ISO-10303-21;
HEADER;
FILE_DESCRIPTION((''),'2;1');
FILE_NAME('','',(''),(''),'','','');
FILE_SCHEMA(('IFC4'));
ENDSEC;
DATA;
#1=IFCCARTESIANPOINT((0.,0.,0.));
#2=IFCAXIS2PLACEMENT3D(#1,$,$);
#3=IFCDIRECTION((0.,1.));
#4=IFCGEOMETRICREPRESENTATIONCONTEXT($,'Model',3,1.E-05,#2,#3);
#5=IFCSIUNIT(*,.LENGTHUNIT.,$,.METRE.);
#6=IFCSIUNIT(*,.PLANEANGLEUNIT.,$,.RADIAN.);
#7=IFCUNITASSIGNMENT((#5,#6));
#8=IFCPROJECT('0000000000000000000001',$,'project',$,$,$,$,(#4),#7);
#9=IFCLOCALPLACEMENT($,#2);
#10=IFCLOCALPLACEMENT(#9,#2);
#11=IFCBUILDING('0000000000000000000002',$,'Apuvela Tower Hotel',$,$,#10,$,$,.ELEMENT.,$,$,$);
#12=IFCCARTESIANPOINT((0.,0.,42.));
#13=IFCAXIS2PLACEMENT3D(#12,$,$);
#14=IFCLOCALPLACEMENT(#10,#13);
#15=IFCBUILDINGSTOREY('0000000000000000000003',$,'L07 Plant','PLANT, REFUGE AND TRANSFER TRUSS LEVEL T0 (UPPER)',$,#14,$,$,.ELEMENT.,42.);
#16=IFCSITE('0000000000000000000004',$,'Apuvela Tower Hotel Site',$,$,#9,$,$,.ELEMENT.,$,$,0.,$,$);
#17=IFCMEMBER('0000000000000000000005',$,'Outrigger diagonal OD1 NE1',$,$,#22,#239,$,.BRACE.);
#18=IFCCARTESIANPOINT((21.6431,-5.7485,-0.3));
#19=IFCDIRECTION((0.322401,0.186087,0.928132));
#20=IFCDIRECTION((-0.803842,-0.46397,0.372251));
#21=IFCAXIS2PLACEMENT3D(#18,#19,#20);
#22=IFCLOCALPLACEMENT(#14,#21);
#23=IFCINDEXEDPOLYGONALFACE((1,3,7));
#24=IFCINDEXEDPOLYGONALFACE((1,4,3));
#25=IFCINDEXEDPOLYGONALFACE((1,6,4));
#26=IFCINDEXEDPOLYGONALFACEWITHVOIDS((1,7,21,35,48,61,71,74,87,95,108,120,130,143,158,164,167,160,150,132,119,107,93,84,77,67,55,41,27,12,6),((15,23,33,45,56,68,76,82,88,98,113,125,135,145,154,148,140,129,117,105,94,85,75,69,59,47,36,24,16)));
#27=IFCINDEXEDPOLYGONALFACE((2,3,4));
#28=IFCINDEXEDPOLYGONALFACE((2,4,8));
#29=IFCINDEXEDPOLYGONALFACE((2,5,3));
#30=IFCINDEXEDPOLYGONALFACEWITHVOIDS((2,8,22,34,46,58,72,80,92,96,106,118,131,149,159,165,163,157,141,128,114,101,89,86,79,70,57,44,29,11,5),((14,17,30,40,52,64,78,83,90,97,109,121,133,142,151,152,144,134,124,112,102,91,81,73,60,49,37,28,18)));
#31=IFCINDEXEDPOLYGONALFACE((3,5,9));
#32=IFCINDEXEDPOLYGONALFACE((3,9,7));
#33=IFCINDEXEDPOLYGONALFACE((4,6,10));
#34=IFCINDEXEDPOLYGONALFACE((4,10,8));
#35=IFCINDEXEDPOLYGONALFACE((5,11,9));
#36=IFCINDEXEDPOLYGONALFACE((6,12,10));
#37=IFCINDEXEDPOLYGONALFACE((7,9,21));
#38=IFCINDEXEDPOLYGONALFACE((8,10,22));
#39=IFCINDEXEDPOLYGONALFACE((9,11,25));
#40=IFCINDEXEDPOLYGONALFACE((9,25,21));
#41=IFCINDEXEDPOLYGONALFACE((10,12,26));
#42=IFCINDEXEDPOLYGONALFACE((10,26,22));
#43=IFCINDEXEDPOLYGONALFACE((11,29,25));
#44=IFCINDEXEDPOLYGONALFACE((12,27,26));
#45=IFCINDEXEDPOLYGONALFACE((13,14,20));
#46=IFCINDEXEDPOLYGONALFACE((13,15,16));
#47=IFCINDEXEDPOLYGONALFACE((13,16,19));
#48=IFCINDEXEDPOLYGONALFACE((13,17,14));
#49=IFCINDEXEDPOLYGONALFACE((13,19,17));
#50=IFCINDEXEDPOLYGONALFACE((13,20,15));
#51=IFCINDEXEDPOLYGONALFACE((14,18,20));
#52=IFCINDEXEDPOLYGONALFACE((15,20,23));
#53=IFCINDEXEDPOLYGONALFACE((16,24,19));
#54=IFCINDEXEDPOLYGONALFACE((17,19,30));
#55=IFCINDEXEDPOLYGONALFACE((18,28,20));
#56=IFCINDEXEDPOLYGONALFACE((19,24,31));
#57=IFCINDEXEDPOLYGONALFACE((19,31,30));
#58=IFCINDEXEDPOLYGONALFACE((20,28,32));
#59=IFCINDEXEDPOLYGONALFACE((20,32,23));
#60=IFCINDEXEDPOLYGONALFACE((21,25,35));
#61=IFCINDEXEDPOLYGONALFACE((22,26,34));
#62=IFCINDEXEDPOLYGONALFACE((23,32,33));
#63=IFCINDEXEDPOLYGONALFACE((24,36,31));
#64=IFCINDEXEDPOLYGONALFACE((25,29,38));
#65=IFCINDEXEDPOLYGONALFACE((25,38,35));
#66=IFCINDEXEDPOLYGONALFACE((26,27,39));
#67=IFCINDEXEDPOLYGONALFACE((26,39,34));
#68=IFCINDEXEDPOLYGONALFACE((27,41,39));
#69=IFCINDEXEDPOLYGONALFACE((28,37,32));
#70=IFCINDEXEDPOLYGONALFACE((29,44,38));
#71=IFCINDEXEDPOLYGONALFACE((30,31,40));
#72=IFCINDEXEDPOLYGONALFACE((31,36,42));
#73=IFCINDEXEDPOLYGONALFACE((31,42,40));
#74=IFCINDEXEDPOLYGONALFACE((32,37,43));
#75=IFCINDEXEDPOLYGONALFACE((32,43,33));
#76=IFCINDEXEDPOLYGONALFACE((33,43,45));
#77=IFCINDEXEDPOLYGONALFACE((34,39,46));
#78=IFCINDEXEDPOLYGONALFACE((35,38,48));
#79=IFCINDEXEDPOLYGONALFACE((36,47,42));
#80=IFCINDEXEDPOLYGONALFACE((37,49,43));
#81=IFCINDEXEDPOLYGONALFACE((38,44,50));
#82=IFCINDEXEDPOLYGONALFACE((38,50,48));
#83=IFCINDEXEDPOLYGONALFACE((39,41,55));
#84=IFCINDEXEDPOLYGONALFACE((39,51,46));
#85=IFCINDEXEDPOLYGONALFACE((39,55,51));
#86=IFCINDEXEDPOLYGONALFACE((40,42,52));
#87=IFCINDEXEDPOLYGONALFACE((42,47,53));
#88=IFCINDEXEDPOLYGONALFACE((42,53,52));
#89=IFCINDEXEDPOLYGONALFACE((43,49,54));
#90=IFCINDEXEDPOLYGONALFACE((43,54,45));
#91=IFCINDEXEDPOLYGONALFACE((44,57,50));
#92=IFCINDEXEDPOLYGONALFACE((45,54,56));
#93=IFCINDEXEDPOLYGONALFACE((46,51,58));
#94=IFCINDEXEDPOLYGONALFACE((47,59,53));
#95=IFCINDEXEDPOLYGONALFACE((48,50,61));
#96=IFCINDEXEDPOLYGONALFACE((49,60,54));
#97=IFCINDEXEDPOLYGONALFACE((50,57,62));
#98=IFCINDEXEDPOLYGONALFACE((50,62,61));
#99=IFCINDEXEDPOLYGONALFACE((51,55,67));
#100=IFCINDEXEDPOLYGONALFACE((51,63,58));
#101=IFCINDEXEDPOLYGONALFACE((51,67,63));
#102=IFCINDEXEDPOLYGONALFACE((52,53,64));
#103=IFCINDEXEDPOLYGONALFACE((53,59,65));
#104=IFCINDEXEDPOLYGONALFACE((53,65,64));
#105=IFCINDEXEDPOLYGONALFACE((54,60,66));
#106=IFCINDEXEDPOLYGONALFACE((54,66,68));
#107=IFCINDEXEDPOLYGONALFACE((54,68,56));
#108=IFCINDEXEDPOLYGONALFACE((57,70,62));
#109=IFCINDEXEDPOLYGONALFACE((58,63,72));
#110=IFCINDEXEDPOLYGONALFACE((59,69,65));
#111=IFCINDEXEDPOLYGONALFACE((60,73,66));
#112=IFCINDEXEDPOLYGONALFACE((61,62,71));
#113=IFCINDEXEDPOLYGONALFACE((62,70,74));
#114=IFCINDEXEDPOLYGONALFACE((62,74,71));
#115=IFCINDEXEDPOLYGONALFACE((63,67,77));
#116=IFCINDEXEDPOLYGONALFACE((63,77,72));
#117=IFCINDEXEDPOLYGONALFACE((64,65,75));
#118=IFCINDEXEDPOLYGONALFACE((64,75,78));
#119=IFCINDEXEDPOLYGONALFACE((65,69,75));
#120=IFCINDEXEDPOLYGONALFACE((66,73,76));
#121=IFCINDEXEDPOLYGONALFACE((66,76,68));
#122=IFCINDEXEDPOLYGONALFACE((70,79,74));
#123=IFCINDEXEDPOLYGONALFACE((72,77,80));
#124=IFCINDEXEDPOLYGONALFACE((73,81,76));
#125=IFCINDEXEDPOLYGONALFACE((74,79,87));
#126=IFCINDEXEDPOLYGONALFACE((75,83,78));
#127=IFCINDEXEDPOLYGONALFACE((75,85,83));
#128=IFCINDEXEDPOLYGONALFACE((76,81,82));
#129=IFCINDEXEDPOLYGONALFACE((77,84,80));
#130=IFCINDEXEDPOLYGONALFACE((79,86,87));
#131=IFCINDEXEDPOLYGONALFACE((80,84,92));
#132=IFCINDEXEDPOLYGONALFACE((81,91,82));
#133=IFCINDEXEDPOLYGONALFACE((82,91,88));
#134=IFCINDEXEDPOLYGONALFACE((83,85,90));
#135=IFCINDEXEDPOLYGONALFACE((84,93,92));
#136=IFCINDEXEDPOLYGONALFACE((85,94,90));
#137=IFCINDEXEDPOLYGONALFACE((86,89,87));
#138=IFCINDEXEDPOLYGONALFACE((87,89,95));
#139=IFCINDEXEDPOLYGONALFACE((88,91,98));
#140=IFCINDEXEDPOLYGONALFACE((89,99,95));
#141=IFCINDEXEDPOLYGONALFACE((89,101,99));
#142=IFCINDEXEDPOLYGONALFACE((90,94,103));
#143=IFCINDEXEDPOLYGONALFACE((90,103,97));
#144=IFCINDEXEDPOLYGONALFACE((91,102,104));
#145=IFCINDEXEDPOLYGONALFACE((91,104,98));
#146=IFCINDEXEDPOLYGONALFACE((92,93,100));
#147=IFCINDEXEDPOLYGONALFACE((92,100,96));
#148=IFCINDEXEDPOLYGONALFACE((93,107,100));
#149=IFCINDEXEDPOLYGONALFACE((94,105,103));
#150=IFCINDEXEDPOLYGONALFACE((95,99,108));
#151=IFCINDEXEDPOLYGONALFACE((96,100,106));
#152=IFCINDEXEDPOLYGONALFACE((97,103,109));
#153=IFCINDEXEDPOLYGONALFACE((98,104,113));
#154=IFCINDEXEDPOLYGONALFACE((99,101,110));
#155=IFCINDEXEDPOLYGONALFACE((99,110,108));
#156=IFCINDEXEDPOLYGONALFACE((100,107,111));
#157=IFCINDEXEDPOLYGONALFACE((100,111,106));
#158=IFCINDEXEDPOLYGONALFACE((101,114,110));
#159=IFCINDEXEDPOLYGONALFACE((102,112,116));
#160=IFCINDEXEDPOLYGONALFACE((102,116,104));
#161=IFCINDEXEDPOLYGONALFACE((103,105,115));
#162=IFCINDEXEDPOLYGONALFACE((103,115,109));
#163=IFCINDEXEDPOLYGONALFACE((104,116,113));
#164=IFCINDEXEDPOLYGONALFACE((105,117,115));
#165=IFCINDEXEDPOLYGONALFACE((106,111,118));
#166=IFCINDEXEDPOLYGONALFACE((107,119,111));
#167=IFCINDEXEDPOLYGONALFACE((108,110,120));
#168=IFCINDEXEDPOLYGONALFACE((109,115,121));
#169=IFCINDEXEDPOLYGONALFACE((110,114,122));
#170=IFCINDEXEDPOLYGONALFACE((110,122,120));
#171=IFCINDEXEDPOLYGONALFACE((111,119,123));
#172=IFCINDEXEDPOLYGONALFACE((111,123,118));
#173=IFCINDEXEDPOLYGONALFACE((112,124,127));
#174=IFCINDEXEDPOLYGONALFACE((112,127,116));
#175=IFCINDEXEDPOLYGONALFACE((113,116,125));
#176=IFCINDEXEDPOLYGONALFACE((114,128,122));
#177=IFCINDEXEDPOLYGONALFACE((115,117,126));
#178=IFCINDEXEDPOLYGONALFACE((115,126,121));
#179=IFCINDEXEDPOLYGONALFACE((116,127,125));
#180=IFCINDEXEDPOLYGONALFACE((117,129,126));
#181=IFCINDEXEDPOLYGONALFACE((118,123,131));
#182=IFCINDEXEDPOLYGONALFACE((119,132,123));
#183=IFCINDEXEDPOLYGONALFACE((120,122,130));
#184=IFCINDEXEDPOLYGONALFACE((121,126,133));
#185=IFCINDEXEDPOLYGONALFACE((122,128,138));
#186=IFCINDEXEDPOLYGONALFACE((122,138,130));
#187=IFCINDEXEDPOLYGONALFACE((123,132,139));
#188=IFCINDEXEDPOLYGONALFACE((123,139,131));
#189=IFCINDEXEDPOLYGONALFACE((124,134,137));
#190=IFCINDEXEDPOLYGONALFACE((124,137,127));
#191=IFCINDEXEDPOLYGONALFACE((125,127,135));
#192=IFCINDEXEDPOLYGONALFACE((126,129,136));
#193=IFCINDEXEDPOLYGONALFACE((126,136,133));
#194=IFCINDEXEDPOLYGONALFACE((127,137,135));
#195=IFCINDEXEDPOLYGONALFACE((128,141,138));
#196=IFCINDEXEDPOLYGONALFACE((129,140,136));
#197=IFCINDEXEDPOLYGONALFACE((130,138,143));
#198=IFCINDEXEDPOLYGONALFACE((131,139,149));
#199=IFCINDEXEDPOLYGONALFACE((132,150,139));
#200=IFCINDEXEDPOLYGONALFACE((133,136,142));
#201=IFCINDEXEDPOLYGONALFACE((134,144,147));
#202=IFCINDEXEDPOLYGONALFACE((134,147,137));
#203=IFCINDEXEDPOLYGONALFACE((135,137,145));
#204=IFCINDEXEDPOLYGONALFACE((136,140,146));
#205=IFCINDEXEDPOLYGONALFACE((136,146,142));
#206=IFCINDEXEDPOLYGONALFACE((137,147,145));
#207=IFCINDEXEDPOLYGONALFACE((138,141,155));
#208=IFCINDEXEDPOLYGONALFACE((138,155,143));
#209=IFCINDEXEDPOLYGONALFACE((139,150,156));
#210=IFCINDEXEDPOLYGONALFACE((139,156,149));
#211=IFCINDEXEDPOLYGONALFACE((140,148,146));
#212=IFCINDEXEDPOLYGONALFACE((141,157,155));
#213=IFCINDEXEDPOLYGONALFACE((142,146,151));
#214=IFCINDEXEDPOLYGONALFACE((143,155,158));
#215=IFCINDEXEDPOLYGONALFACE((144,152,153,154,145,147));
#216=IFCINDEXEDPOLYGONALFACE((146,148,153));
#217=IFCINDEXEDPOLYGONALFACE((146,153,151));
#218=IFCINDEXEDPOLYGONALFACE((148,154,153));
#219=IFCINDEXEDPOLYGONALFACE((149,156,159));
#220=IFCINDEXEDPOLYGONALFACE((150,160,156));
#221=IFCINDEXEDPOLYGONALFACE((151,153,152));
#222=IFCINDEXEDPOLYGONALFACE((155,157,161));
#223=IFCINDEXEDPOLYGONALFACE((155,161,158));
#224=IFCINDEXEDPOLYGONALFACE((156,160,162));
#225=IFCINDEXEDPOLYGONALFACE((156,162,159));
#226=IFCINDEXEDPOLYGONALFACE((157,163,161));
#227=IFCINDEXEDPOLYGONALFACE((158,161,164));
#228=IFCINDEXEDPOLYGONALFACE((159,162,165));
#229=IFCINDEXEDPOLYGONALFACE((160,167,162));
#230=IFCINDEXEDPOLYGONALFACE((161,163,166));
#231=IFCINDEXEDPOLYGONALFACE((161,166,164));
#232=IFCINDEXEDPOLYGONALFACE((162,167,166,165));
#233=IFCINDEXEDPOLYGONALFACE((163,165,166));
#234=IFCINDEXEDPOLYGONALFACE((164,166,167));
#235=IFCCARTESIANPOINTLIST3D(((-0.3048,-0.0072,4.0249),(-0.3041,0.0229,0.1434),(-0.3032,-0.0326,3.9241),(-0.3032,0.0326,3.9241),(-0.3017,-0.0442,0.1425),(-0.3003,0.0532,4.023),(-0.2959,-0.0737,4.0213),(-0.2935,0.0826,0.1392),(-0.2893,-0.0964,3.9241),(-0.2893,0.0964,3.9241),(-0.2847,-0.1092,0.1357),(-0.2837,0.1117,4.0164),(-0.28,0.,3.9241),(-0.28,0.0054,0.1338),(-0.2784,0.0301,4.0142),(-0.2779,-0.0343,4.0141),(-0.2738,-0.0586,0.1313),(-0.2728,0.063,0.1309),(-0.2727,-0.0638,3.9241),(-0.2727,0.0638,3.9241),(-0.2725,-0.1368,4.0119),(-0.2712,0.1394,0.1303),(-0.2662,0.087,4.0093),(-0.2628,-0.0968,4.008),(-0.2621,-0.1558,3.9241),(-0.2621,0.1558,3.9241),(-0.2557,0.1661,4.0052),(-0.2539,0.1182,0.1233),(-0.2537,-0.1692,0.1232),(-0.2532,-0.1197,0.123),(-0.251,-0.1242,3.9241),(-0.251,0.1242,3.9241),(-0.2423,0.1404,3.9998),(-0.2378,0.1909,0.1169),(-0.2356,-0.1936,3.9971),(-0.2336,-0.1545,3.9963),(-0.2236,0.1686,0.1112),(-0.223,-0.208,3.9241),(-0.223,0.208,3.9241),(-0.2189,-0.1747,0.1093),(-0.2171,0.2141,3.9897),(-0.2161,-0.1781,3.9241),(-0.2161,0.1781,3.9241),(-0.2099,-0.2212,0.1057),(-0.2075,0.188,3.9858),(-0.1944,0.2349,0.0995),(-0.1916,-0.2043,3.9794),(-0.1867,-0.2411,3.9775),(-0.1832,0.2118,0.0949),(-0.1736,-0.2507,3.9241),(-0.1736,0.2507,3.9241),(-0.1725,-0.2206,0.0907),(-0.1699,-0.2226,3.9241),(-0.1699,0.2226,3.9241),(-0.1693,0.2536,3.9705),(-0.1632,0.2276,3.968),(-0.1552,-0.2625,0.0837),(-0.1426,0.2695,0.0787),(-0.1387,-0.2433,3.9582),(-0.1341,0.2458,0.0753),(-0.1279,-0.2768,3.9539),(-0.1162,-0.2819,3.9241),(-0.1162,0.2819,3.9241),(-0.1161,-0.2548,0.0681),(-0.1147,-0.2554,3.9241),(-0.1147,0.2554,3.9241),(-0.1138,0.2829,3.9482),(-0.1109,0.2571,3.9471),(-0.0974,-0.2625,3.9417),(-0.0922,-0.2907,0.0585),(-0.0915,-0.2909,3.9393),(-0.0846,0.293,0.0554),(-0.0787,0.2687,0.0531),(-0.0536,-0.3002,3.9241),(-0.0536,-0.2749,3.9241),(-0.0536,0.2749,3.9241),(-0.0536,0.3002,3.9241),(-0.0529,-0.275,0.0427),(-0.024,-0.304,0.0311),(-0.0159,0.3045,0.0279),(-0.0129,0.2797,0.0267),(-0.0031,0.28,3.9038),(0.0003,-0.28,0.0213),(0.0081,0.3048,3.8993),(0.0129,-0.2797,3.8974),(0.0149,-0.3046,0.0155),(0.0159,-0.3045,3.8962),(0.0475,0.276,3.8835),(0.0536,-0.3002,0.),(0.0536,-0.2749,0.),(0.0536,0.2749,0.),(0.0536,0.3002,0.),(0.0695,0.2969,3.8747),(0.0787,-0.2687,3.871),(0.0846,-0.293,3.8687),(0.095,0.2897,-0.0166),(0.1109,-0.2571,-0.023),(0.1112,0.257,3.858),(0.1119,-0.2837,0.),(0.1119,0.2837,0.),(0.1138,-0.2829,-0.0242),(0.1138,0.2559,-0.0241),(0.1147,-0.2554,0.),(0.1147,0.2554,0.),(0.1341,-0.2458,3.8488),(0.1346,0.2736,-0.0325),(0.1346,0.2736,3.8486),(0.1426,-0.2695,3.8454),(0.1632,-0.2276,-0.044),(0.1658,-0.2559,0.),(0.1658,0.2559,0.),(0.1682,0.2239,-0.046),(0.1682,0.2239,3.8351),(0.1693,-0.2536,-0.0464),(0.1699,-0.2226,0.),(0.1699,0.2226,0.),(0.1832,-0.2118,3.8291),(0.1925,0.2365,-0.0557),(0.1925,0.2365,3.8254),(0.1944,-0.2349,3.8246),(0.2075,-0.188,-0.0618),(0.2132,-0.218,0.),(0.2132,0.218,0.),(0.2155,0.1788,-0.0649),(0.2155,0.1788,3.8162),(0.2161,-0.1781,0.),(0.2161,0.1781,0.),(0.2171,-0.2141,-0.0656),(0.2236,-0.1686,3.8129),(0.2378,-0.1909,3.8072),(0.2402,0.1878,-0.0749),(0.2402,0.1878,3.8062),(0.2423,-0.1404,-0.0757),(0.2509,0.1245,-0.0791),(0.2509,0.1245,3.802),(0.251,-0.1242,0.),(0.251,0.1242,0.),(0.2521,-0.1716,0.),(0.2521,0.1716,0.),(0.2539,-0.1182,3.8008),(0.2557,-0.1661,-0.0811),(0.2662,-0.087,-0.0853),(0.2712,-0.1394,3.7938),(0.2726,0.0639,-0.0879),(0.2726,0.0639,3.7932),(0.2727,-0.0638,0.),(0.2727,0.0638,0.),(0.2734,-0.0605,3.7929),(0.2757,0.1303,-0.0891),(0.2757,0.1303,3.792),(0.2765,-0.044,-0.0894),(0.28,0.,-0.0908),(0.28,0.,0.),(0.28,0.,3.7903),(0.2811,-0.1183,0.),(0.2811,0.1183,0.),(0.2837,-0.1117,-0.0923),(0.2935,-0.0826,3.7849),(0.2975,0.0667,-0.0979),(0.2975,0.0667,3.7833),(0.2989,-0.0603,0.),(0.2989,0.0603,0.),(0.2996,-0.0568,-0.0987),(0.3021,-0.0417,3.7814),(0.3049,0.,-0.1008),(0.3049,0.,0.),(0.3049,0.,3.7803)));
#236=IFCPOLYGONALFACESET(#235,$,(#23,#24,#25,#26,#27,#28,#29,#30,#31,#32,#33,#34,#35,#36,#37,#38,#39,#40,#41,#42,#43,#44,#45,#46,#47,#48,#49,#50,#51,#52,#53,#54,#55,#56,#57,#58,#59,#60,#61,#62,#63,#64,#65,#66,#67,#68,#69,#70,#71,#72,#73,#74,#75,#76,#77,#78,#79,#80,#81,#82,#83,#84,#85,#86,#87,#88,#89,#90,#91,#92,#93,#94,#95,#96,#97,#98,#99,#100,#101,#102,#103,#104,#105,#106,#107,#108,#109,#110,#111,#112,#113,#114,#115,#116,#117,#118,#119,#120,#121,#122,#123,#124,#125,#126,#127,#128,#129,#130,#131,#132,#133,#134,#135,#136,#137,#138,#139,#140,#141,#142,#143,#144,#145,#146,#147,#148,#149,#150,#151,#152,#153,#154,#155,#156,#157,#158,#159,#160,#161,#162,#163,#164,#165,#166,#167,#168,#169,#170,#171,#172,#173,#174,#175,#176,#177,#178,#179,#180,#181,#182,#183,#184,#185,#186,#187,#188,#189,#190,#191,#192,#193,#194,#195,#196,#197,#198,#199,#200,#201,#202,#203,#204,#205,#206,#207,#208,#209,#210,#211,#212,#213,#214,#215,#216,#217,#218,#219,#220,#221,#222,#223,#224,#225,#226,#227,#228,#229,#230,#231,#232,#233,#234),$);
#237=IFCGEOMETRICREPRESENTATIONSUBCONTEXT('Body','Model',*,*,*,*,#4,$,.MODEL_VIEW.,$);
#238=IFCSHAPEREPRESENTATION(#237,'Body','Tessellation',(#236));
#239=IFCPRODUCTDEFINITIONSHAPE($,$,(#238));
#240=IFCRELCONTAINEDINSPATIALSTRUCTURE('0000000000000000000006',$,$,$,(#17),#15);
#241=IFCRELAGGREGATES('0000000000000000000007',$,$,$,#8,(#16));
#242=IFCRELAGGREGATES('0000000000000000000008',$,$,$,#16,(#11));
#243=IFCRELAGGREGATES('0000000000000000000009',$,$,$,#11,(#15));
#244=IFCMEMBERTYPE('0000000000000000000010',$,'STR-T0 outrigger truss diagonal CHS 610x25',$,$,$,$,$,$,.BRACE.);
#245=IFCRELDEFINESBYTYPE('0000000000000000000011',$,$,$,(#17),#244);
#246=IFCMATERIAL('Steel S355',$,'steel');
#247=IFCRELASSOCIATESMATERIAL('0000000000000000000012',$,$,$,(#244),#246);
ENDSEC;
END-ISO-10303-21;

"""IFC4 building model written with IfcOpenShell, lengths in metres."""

from ifc_helpers import new_model, si_unit, direction, frame, origin, origin_2d, place, context, subcontext, project, spatial, hollow_circle, extrude, boolean, halfspace, material, material_profile, profile_set, type_object, element, save


model = new_model("IFC4")

# Units and contexts
model_context = context("Model", 3, precision=1e-05, world=origin(), true_north=direction((0.0, 1.0)))
body_context = subcontext(model_context, "Body", "Model", "MODEL_VIEW")
ifc_project = project(units=[si_unit("LENGTHUNIT", "METRE"), si_unit("PLANEANGLEUNIT", "RADIAN")], contexts=[model_context])

# Site, building, storey
site_placement = place(None, origin())
site = spatial("IfcSite", under=ifc_project, at=site_placement, Name="Apuvela Tower Hotel Site", CompositionType="ELEMENT", RefElevation=0.0)
building_placement = place(site_placement, origin())
building = spatial("IfcBuilding", under=site, at=building_placement, Name="Apuvela Tower Hotel", CompositionType="ELEMENT")
storey_placement = place(building_placement, frame((0.0, 0.0, 42.0)))
storey = spatial("IfcBuildingStorey", under=building, at=storey_placement, Name="L07 Plant", Description="PLANT, REFUGE AND TRANSFER TRUSS LEVEL T0 (UPPER)", CompositionType="ELEMENT", Elevation=42.0)

# Shared definitions
ifc_material_1 = material(Name="Steel S355", Category="steel")

# Member
ifc_material_profile_1 = material_profile(ifc_material_1, hollow_circle(Radius=0.3049, WallThickness=0.0249, at=origin_2d()), Name="CHS 610x25")
ifc_profile_set_1 = profile_set([ifc_material_profile_1], Name="Steel S355")
member_type = type_object("IfcMemberType", Name="STR-T0 outrigger truss diagonal CHS 610x25", PredefinedType="BRACE", material=ifc_profile_set_1)
member_placement = place(storey_placement, frame((21.6431, -5.7485, -0.3), z_axis=(0.322401, 0.186087, 0.928132), x_axis=(-0.803842, -0.46397, 0.372251)))
solid = boolean("DIFFERENCE", boolean("DIFFERENCE", extrude(hollow_circle(Radius=0.3049, WallThickness=0.0249, at=origin_2d()), frame((0.0, 0.0, -0.2422)), (0.0, 0.0, 1.0), 4.4087), halfspace(frame((0.0, 0.0, 0.0215), z_axis=(0.372251, 0.0, 0.928132), x_axis=(0.928132, 0.0, -0.372251)), True)), halfspace(frame((0.0, 0.0, 3.9026), z_axis=(0.372251, 0.0, 0.928132), x_axis=(0.928132, 0.0, -0.372251)), False))
element("IfcMember", 1, at=member_placement, inside=storey, type_object=member_type, Name="Outrigger diagonal OD1 NE1", PredefinedType="BRACE", context=body_context, shape_type="SweptSolid", body=[
    boolean("UNION", boolean("DIFFERENCE", boolean("DIFFERENCE", extrude(hollow_circle(Radius=0.3049, WallThickness=0.0249, at=origin_2d()), origin(), (0.0, 0.0, 1.0), 3.9241), halfspace(frame((0.0, 0.0, 0.0215), z_axis=(0.372251, 0.0, 0.928132), x_axis=(0.928132, 0.0, -0.372251)), True)), halfspace(frame((0.0, 0.0, 3.9026), z_axis=(0.372251, 0.0, 0.928132), x_axis=(0.928132, 0.0, -0.372251)), False)), solid),
])

save(model, "model.ifc")
